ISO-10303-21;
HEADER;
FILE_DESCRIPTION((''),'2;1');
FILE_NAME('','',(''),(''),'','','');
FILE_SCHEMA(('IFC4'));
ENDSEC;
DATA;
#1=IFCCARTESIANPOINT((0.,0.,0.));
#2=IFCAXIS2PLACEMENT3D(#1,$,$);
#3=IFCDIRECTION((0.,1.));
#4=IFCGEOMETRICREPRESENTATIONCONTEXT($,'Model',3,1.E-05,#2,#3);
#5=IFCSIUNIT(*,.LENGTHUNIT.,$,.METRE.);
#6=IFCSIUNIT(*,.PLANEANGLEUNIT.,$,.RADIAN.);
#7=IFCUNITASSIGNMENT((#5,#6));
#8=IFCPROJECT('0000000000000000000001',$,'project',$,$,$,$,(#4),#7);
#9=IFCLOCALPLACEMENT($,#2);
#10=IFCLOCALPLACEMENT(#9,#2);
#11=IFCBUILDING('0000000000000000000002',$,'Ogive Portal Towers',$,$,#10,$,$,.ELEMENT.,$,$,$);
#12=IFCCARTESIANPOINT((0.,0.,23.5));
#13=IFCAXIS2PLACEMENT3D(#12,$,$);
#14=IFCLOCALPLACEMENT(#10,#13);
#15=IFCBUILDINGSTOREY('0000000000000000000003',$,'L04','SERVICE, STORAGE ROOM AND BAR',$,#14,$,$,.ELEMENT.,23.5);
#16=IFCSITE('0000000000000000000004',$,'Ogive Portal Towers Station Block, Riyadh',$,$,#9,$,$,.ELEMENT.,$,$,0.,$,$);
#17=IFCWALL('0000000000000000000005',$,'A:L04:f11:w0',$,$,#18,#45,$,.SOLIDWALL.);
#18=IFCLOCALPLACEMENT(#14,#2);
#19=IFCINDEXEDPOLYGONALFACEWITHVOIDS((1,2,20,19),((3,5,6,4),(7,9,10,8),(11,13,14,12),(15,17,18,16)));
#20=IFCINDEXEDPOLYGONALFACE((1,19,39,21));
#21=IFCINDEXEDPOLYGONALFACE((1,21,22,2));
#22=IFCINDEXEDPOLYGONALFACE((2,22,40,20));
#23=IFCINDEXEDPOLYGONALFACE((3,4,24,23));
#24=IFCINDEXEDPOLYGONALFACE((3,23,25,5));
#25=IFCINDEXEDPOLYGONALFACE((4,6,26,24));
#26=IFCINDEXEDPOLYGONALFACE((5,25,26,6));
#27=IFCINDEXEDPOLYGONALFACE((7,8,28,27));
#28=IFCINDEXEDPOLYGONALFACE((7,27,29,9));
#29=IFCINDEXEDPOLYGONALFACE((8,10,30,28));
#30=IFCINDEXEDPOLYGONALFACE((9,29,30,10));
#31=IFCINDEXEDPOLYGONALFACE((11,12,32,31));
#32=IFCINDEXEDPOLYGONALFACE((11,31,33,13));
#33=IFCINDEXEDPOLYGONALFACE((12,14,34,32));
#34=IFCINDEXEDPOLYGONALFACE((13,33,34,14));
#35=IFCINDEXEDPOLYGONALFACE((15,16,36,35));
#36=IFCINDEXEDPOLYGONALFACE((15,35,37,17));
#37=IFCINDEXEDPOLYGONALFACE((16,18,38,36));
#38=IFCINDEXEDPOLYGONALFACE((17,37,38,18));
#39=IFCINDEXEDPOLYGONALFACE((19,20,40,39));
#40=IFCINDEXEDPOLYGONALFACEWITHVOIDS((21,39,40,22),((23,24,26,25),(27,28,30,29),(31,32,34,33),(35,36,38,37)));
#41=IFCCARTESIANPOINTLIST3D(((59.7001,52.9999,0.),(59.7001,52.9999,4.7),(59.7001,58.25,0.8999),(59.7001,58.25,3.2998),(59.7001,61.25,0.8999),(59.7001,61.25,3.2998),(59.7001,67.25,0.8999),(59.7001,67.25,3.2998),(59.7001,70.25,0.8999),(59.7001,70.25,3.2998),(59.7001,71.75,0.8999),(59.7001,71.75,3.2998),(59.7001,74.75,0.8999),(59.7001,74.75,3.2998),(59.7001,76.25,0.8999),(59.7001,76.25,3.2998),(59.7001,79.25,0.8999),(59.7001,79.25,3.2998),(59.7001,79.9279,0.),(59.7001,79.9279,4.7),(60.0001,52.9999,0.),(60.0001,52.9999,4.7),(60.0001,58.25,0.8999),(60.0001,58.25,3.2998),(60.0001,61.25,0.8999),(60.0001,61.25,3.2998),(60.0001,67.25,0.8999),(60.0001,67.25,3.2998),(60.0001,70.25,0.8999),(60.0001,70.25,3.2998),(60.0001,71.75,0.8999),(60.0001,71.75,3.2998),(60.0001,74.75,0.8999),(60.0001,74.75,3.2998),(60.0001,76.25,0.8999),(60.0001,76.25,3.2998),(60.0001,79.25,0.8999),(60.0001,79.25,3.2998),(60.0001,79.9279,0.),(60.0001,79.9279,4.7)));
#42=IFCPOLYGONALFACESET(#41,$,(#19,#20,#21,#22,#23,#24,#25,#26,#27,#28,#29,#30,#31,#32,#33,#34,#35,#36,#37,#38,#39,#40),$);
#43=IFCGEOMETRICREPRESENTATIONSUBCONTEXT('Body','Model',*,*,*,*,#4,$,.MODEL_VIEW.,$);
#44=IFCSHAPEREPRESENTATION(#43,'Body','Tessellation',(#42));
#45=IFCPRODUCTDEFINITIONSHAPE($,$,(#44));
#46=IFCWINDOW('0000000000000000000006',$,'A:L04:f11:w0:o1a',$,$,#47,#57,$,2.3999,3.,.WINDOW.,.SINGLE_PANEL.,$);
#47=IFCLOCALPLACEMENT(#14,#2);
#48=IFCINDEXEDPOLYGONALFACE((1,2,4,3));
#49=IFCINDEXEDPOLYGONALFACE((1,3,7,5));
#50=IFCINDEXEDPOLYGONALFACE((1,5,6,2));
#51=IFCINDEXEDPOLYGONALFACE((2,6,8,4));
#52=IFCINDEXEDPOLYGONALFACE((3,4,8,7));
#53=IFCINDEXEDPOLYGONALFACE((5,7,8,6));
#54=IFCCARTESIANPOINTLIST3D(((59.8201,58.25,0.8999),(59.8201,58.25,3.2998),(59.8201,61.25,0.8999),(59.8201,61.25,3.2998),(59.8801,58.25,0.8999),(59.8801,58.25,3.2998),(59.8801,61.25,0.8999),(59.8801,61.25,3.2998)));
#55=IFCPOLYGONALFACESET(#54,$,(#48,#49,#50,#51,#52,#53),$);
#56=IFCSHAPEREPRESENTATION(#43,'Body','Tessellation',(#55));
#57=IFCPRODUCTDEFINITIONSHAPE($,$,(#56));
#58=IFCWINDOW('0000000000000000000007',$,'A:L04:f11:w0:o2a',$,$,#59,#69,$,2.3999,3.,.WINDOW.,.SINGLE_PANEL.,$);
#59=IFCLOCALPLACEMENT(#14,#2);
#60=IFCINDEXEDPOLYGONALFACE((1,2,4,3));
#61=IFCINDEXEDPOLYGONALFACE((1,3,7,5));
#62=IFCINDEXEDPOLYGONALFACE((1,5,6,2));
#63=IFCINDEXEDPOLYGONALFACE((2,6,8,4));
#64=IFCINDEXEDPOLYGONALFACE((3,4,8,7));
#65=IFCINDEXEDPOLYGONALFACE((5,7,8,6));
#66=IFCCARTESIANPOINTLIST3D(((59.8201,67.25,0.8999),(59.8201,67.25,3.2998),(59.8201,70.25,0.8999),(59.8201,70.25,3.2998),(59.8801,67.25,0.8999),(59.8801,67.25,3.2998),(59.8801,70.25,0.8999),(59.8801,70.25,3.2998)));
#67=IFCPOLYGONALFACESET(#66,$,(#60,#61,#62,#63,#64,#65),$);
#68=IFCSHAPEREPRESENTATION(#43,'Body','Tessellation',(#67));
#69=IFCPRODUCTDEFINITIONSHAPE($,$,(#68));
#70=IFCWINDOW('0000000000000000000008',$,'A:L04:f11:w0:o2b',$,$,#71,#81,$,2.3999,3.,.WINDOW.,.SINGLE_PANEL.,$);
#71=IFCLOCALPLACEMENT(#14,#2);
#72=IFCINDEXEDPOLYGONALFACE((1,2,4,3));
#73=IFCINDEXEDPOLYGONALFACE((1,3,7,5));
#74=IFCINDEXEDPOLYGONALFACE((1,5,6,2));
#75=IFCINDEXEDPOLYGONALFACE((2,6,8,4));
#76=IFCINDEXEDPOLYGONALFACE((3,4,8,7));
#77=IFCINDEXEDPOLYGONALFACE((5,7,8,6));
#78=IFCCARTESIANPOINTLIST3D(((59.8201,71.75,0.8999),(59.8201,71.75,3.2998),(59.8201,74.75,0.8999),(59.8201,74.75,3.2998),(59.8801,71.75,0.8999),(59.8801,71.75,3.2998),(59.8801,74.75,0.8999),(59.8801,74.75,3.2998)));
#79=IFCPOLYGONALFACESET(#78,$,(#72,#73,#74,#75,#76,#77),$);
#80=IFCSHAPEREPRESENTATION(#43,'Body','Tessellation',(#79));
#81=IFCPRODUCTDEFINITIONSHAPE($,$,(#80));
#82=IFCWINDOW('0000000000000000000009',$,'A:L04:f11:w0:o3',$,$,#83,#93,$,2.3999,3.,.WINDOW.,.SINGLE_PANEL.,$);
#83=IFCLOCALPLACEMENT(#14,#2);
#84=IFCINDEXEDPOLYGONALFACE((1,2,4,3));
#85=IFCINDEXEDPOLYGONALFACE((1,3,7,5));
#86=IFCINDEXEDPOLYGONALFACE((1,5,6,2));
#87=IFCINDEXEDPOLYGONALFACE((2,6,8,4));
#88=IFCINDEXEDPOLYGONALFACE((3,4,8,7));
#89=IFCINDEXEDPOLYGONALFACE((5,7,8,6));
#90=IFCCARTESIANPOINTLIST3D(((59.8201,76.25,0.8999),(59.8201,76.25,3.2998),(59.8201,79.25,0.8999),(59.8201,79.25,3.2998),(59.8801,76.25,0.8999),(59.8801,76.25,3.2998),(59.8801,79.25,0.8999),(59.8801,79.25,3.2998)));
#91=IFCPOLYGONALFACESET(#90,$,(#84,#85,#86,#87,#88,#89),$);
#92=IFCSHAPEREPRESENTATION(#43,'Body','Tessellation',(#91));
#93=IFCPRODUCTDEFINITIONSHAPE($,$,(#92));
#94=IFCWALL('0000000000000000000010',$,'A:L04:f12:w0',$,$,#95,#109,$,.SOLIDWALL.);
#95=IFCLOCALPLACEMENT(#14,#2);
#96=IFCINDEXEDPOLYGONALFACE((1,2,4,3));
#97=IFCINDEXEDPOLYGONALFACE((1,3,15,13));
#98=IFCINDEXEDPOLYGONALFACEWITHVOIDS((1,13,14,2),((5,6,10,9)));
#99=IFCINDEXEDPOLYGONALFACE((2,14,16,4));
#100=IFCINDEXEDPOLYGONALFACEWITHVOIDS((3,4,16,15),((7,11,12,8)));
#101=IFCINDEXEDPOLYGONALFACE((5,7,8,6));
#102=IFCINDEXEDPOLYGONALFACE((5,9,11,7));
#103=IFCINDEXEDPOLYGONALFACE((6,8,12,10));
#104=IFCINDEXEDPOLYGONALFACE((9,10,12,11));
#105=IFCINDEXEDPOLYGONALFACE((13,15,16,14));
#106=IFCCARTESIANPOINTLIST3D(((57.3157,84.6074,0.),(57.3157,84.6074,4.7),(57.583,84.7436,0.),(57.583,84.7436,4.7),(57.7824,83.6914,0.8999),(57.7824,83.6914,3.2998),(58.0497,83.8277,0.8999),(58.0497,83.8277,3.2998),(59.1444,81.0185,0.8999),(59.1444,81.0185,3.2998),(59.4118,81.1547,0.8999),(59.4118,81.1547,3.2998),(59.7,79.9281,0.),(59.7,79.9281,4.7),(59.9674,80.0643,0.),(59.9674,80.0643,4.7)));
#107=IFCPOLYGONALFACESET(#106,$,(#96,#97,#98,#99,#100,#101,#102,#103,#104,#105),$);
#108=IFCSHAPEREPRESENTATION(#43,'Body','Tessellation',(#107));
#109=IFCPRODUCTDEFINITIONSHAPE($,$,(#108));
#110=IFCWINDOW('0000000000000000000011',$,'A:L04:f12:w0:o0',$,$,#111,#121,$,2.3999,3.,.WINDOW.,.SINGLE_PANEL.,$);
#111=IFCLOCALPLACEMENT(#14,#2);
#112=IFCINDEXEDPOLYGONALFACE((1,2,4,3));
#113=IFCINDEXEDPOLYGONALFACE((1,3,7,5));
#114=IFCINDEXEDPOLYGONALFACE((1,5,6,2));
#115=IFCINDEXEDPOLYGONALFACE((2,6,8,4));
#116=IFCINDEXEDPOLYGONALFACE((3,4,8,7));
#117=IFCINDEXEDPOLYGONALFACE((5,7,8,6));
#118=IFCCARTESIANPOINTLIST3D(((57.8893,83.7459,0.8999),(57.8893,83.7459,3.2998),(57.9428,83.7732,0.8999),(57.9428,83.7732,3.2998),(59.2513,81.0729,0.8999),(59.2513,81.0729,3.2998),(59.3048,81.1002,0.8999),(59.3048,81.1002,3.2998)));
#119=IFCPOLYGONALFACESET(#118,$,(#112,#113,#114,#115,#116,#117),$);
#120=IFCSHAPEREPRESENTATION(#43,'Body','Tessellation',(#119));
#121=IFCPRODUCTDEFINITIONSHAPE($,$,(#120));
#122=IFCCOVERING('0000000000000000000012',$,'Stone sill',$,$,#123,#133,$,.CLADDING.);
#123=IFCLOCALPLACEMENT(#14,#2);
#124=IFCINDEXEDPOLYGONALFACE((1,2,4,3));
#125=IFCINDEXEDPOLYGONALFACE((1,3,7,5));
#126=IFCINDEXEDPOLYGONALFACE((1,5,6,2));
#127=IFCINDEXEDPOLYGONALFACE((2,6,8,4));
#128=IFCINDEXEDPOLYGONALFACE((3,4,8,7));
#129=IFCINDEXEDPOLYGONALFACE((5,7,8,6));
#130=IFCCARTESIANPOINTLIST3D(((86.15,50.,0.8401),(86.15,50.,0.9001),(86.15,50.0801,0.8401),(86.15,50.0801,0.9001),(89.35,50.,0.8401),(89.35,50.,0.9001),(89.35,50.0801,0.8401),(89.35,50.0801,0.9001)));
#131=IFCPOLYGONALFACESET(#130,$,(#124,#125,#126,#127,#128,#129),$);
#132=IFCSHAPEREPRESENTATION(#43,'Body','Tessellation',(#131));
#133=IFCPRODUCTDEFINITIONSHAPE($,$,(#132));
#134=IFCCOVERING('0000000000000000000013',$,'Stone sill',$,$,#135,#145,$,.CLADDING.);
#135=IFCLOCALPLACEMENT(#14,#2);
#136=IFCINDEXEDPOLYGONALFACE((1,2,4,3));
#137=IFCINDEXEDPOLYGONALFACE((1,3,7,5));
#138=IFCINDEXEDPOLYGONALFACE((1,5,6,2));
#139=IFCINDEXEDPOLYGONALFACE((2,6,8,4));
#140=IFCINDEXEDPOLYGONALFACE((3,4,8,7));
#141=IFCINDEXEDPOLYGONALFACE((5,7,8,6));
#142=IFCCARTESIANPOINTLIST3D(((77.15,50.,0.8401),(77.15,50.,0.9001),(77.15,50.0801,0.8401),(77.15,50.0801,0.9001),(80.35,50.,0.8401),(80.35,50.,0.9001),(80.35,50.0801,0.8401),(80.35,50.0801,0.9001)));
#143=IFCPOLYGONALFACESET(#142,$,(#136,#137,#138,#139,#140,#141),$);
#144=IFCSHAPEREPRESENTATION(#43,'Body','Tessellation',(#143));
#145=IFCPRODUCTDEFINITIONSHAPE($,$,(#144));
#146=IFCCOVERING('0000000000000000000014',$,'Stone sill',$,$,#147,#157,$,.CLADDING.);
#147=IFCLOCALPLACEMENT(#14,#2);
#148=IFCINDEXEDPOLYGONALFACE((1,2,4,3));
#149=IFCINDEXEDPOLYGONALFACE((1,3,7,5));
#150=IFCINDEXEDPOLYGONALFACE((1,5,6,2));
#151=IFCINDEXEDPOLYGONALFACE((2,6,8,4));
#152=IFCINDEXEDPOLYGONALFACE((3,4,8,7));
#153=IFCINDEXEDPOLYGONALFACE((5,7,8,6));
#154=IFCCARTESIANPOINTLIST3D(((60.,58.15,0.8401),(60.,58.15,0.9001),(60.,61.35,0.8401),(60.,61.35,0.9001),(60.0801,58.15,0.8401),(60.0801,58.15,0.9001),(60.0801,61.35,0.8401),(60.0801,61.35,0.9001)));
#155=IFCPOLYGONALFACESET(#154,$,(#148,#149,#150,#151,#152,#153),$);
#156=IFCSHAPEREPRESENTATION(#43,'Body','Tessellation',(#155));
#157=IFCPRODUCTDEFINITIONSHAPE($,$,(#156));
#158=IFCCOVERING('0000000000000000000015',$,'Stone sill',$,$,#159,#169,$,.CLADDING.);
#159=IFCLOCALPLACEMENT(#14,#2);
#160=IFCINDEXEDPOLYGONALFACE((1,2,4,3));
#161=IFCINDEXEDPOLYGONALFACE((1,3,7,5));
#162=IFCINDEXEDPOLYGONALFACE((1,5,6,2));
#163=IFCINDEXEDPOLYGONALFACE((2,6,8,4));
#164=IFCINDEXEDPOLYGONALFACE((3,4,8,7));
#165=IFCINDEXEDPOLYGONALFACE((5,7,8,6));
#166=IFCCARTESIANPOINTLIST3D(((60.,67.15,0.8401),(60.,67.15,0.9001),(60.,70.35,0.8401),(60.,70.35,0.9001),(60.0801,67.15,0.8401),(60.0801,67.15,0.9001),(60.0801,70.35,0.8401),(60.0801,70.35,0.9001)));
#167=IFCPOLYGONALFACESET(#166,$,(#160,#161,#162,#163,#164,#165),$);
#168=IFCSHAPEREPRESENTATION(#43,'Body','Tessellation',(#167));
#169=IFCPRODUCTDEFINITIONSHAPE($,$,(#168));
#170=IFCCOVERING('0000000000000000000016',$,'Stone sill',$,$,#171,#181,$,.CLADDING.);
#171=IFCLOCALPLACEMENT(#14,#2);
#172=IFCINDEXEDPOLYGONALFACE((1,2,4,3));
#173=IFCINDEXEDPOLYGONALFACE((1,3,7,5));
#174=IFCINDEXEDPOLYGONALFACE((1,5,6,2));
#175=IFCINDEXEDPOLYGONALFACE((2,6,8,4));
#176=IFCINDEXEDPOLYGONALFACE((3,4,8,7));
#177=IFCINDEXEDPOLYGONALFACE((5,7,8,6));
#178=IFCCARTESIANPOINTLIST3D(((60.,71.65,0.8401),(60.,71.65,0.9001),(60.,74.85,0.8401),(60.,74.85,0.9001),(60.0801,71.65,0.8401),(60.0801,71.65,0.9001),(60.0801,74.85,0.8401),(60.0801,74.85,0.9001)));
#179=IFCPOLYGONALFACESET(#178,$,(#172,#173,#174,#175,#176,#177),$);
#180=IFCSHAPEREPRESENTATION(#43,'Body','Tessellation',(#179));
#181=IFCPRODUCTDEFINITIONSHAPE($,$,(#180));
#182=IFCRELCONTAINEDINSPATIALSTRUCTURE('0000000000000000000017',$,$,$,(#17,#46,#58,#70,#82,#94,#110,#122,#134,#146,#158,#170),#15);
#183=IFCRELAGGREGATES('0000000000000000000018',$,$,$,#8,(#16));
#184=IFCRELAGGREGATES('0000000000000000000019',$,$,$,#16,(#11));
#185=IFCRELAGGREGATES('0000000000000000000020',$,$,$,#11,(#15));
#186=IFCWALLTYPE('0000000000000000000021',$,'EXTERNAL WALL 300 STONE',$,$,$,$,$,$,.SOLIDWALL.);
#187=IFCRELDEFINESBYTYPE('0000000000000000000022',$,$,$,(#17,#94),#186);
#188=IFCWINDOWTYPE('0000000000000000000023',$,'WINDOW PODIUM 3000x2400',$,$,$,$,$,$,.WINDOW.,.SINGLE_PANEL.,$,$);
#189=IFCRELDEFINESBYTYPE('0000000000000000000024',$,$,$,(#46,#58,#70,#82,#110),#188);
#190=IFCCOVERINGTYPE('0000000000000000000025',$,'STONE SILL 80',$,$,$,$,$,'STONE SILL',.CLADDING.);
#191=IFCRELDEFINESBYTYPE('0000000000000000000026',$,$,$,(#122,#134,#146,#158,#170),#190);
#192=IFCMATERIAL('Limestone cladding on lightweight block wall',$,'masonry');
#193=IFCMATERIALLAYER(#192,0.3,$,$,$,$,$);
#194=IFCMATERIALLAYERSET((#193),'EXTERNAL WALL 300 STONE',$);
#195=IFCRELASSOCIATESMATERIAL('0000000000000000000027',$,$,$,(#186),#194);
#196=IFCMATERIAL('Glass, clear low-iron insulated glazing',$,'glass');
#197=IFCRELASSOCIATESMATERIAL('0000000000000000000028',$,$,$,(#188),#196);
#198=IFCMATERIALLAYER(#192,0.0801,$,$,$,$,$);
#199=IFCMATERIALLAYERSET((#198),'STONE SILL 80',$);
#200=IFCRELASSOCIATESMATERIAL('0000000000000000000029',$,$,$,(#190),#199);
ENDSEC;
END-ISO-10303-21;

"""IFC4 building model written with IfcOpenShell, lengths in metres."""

from ifc_helpers import new_model, si_unit, direction, frame, frame_2d, origin, origin_2d, place, context, subcontext, project, spatial, rectangle, extrude, material, layer, layer_set, type_object, element, fill, save


model = new_model("IFC4")

# Units and contexts
model_context = context("Model", 3, precision=1e-05, world=origin(), true_north=direction((0.0, 1.0)))
body_context = subcontext(model_context, "Body", "Model", "MODEL_VIEW")
ifc_project = project(units=[si_unit("LENGTHUNIT", "METRE"), si_unit("PLANEANGLEUNIT", "RADIAN")], contexts=[model_context])

# Site, building, storey
site_placement = place(None, origin())
site = spatial("IfcSite", under=ifc_project, at=site_placement, Name="Ogive Portal Towers Station Block, Riyadh", CompositionType="ELEMENT", RefElevation=0.0)
building_placement = place(site_placement, origin())
building = spatial("IfcBuilding", under=site, at=building_placement, Name="Ogive Portal Towers", CompositionType="ELEMENT")
storey_placement = place(building_placement, frame((0.0, 0.0, 23.5)))
storey = spatial("IfcBuildingStorey", under=building, at=storey_placement, Name="L04", Description="SERVICE, STORAGE ROOM AND BAR", CompositionType="ELEMENT", Elevation=23.5)

# Shared definitions
ifc_material_1 = material(Name="Limestone cladding on lightweight block wall", Category="masonry")
ifc_layer_1 = layer(ifc_material_1, 0.3)
ifc_layer_set_1 = layer_set([ifc_layer_1], Name="EXTERNAL WALL 300 STONE")
wall_type = type_object("IfcWallType", Name="EXTERNAL WALL 300 STONE", PredefinedType="SOLIDWALL", material=ifc_layer_set_1)

# Wall, openings, windows
wall_1_placement = place(storey_placement, frame((59.8501, 53.0, 0.0), z_axis=(0.0, 0.0, 1.0), x_axis=(0.0, 1.0, 0.0)))
wall_1 = element("IfcWall", 1, at=wall_1_placement, inside=storey, type_object=wall_type, Name="A:L04:f11:w0", PredefinedType="SOLIDWALL", context=body_context, shape_type="SweptSolid", body=[
    extrude(rectangle(XDim=26.928, YDim=0.3, at=frame_2d((13.4639, 0.0))), origin(), (0.0, 0.0, 1.0), 4.7),
])
opening_1_placement = place(wall_1_placement, frame((5.25, 0.0, 0.8999)))
opening_1 = element("IfcOpeningElement", 2, at=opening_1_placement, cuts=wall_1, PredefinedType="OPENING", context=body_context, shape_type="SweptSolid", body=[
    extrude(rectangle(XDim=3.0, YDim=2.3999, at=frame_2d((1.5, 1.2))), frame((0.0, 0.1602, 0.0), z_axis=(0.0, -1.0, 0.0), x_axis=(1.0, 0.0, 0.0)), (0.0, 0.0, 1.0), 0.3201),
])
opening_2_placement = place(wall_1_placement, frame((14.25, 0.0, 0.8999)))
opening_2 = element("IfcOpeningElement", 3, at=opening_2_placement, cuts=wall_1, PredefinedType="OPENING", context=body_context, shape_type="SweptSolid", body=[
    extrude(rectangle(XDim=3.0, YDim=2.3999, at=frame_2d((1.5, 1.2))), frame((0.0, 0.1602, 0.0), z_axis=(0.0, -1.0, 0.0), x_axis=(1.0, 0.0, 0.0)), (0.0, 0.0, 1.0), 0.3201),
])
opening_3_placement = place(wall_1_placement, frame((18.75, 0.0, 0.8999)))
opening_3 = element("IfcOpeningElement", 4, at=opening_3_placement, cuts=wall_1, PredefinedType="OPENING", context=body_context, shape_type="SweptSolid", body=[
    extrude(rectangle(XDim=3.0, YDim=2.3999, at=frame_2d((1.5, 1.2))), frame((0.0, 0.1602, 0.0), z_axis=(0.0, -1.0, 0.0), x_axis=(1.0, 0.0, 0.0)), (0.0, 0.0, 1.0), 0.3201),
])
opening_4_placement = place(wall_1_placement, frame((23.25, 0.0, 0.8999)))
opening_4 = element("IfcOpeningElement", 5, at=opening_4_placement, cuts=wall_1, PredefinedType="OPENING", context=body_context, shape_type="SweptSolid", body=[
    extrude(rectangle(XDim=3.0, YDim=2.3999, at=frame_2d((1.5, 1.2))), frame((0.0, 0.1602, 0.0), z_axis=(0.0, -1.0, 0.0), x_axis=(1.0, 0.0, 0.0)), (0.0, 0.0, 1.0), 0.3201),
])
ifc_material_2 = material(Name="Glass, clear low-iron insulated glazing", Category="glass")
window_type = type_object("IfcWindowType", Name="WINDOW PODIUM 3000x2400", PartitioningType="SINGLE_PANEL", PredefinedType="WINDOW", material=ifc_material_2)
window_1_placement = place(opening_1_placement, origin())
window_1 = element("IfcWindow", 6, at=window_1_placement, inside=storey, type_object=window_type, Name="A:L04:f11:w0:o1a", OverallHeight=2.3999, OverallWidth=3.0, PartitioningType="SINGLE_PANEL", PredefinedType="WINDOW", context=body_context, shape_type="SweptSolid", body=[
    extrude(rectangle(XDim=3.0, YDim=2.3999, at=frame_2d((1.5, 1.2))), frame((0.0, 0.03, 0.0), z_axis=(0.0, -1.0, 0.0), x_axis=(1.0, 0.0, 0.0)), (0.0, 0.0, 1.0), 0.0601),
])
fill(opening_1, window_1)
window_2_placement = place(opening_2_placement, origin())
window_2 = element("IfcWindow", 7, at=window_2_placement, inside=storey, type_object=window_type, Name="A:L04:f11:w0:o2a", OverallHeight=2.3999, OverallWidth=3.0, PartitioningType="SINGLE_PANEL", PredefinedType="WINDOW", context=body_context, shape_type="SweptSolid", body=[
    extrude(rectangle(XDim=3.0, YDim=2.3999, at=frame_2d((1.5, 1.2))), frame((0.0, 0.03, 0.0), z_axis=(0.0, -1.0, 0.0), x_axis=(1.0, 0.0, 0.0)), (0.0, 0.0, 1.0), 0.0601),
])
fill(opening_2, window_2)
window_3_placement = place(opening_3_placement, origin())
window_3 = element("IfcWindow", 8, at=window_3_placement, inside=storey, type_object=window_type, Name="A:L04:f11:w0:o2b", OverallHeight=2.3999, OverallWidth=3.0, PartitioningType="SINGLE_PANEL", PredefinedType="WINDOW", context=body_context, shape_type="SweptSolid", body=[
    extrude(rectangle(XDim=3.0, YDim=2.3999, at=frame_2d((1.5, 1.2))), frame((0.0, 0.03, 0.0), z_axis=(0.0, -1.0, 0.0), x_axis=(1.0, 0.0, 0.0)), (0.0, 0.0, 1.0), 0.0601),
])
fill(opening_3, window_3)
window_4_placement = place(opening_4_placement, origin())
window_4 = element("IfcWindow", 9, at=window_4_placement, inside=storey, type_object=window_type, Name="A:L04:f11:w0:o3", OverallHeight=2.3999, OverallWidth=3.0, PartitioningType="SINGLE_PANEL", PredefinedType="WINDOW", context=body_context, shape_type="SweptSolid", body=[
    extrude(rectangle(XDim=3.0, YDim=2.3999, at=frame_2d((1.5, 1.2))), frame((0.0, 0.03, 0.0), z_axis=(0.0, -1.0, 0.0), x_axis=(1.0, 0.0, 0.0)), (0.0, 0.0, 1.0), 0.0601),
])
fill(opening_4, window_4)

# Wall, opening, window
wall_2_placement = place(storey_placement, frame((59.8337, 79.9961, 0.0), z_axis=(0.0, 0.0, 1.0), x_axis=(-0.454007, 0.890998, 0.0)))
wall_2 = element("IfcWall", 10, at=wall_2_placement, inside=storey, type_object=wall_type, Name="A:L04:f12:w0", PredefinedType="SOLIDWALL", context=body_context, shape_type="SweptSolid", body=[
    extrude(rectangle(XDim=5.2517, YDim=0.3, at=frame_2d((2.626, 0.0))), origin(), (0.0, 0.0, 1.0), 4.7),
])
opening_5_placement = place(wall_2_placement, frame((1.2239, 0.0, 0.8999)))
opening_5 = element("IfcOpeningElement", 11, at=opening_5_placement, cuts=wall_2, PredefinedType="OPENING", context=body_context, shape_type="SweptSolid", body=[
    extrude(rectangle(XDim=3.0, YDim=2.3999, at=frame_2d((1.5, 1.2))), frame((0.0, 0.1602, 0.0), z_axis=(0.0, -1.0, 0.0), x_axis=(1.0, 0.0, 0.0)), (0.0, 0.0, 1.0), 0.3201),
])
window_5_placement = place(opening_5_placement, origin())
window_5 = element("IfcWindow", 12, at=window_5_placement, inside=storey, type_object=window_type, Name="A:L04:f12:w0:o0", OverallHeight=2.3999, OverallWidth=3.0, PartitioningType="SINGLE_PANEL", PredefinedType="WINDOW", context=body_context, shape_type="SweptSolid", body=[
    extrude(rectangle(XDim=3.0, YDim=2.3999, at=frame_2d((1.5, 1.2))), frame((0.0, 0.03, 0.0), z_axis=(0.0, -1.0, 0.0), x_axis=(1.0, 0.0, 0.0)), (0.0, 0.0, 1.0), 0.0601),
])
fill(opening_5, window_5)

# Coverings
ifc_layer_2 = layer(ifc_material_1, 0.0801)
ifc_layer_set_2 = layer_set([ifc_layer_2], Name="STONE SILL 80")
covering_type = type_object("IfcCoveringType", Name="STONE SILL 80", ElementType="STONE SILL", PredefinedType="CLADDING", material=ifc_layer_set_2)
for number, where, z_axis, x_axis, name in (
    (13, (87.75, 50.04, 0.8401), (0.0, 0.0, 1.0), (-1.0, 0.0, 0.0), "Stone sill"),
    (14, (78.75, 50.04, 0.8401), (0.0, 0.0, 1.0), (-1.0, 0.0, 0.0), "Stone sill"),
    (15, (60.04, 59.75, 0.8401), (0.0, 0.0, 1.0), (0.0, 1.0, 0.0), "Stone sill"),
    (16, (60.04, 68.75, 0.8401), (0.0, 0.0, 1.0), (0.0, 1.0, 0.0), "Stone sill"),
    (17, (60.04, 73.25, 0.8401), (0.0, 0.0, 1.0), (0.0, 1.0, 0.0), "Stone sill"),
):
    element("IfcCovering", number, at=place(storey_placement, frame(where, z_axis=z_axis, x_axis=x_axis)), inside=storey, type_object=covering_type, Name=name, PredefinedType="CLADDING", context=body_context, shape_type="SweptSolid", body=[
        extrude(rectangle(XDim=3.2, YDim=0.0801, at=origin_2d()), origin(), (0.0, 0.0, 1.0), 0.0601),
    ])

save(model, "model.ifc")
